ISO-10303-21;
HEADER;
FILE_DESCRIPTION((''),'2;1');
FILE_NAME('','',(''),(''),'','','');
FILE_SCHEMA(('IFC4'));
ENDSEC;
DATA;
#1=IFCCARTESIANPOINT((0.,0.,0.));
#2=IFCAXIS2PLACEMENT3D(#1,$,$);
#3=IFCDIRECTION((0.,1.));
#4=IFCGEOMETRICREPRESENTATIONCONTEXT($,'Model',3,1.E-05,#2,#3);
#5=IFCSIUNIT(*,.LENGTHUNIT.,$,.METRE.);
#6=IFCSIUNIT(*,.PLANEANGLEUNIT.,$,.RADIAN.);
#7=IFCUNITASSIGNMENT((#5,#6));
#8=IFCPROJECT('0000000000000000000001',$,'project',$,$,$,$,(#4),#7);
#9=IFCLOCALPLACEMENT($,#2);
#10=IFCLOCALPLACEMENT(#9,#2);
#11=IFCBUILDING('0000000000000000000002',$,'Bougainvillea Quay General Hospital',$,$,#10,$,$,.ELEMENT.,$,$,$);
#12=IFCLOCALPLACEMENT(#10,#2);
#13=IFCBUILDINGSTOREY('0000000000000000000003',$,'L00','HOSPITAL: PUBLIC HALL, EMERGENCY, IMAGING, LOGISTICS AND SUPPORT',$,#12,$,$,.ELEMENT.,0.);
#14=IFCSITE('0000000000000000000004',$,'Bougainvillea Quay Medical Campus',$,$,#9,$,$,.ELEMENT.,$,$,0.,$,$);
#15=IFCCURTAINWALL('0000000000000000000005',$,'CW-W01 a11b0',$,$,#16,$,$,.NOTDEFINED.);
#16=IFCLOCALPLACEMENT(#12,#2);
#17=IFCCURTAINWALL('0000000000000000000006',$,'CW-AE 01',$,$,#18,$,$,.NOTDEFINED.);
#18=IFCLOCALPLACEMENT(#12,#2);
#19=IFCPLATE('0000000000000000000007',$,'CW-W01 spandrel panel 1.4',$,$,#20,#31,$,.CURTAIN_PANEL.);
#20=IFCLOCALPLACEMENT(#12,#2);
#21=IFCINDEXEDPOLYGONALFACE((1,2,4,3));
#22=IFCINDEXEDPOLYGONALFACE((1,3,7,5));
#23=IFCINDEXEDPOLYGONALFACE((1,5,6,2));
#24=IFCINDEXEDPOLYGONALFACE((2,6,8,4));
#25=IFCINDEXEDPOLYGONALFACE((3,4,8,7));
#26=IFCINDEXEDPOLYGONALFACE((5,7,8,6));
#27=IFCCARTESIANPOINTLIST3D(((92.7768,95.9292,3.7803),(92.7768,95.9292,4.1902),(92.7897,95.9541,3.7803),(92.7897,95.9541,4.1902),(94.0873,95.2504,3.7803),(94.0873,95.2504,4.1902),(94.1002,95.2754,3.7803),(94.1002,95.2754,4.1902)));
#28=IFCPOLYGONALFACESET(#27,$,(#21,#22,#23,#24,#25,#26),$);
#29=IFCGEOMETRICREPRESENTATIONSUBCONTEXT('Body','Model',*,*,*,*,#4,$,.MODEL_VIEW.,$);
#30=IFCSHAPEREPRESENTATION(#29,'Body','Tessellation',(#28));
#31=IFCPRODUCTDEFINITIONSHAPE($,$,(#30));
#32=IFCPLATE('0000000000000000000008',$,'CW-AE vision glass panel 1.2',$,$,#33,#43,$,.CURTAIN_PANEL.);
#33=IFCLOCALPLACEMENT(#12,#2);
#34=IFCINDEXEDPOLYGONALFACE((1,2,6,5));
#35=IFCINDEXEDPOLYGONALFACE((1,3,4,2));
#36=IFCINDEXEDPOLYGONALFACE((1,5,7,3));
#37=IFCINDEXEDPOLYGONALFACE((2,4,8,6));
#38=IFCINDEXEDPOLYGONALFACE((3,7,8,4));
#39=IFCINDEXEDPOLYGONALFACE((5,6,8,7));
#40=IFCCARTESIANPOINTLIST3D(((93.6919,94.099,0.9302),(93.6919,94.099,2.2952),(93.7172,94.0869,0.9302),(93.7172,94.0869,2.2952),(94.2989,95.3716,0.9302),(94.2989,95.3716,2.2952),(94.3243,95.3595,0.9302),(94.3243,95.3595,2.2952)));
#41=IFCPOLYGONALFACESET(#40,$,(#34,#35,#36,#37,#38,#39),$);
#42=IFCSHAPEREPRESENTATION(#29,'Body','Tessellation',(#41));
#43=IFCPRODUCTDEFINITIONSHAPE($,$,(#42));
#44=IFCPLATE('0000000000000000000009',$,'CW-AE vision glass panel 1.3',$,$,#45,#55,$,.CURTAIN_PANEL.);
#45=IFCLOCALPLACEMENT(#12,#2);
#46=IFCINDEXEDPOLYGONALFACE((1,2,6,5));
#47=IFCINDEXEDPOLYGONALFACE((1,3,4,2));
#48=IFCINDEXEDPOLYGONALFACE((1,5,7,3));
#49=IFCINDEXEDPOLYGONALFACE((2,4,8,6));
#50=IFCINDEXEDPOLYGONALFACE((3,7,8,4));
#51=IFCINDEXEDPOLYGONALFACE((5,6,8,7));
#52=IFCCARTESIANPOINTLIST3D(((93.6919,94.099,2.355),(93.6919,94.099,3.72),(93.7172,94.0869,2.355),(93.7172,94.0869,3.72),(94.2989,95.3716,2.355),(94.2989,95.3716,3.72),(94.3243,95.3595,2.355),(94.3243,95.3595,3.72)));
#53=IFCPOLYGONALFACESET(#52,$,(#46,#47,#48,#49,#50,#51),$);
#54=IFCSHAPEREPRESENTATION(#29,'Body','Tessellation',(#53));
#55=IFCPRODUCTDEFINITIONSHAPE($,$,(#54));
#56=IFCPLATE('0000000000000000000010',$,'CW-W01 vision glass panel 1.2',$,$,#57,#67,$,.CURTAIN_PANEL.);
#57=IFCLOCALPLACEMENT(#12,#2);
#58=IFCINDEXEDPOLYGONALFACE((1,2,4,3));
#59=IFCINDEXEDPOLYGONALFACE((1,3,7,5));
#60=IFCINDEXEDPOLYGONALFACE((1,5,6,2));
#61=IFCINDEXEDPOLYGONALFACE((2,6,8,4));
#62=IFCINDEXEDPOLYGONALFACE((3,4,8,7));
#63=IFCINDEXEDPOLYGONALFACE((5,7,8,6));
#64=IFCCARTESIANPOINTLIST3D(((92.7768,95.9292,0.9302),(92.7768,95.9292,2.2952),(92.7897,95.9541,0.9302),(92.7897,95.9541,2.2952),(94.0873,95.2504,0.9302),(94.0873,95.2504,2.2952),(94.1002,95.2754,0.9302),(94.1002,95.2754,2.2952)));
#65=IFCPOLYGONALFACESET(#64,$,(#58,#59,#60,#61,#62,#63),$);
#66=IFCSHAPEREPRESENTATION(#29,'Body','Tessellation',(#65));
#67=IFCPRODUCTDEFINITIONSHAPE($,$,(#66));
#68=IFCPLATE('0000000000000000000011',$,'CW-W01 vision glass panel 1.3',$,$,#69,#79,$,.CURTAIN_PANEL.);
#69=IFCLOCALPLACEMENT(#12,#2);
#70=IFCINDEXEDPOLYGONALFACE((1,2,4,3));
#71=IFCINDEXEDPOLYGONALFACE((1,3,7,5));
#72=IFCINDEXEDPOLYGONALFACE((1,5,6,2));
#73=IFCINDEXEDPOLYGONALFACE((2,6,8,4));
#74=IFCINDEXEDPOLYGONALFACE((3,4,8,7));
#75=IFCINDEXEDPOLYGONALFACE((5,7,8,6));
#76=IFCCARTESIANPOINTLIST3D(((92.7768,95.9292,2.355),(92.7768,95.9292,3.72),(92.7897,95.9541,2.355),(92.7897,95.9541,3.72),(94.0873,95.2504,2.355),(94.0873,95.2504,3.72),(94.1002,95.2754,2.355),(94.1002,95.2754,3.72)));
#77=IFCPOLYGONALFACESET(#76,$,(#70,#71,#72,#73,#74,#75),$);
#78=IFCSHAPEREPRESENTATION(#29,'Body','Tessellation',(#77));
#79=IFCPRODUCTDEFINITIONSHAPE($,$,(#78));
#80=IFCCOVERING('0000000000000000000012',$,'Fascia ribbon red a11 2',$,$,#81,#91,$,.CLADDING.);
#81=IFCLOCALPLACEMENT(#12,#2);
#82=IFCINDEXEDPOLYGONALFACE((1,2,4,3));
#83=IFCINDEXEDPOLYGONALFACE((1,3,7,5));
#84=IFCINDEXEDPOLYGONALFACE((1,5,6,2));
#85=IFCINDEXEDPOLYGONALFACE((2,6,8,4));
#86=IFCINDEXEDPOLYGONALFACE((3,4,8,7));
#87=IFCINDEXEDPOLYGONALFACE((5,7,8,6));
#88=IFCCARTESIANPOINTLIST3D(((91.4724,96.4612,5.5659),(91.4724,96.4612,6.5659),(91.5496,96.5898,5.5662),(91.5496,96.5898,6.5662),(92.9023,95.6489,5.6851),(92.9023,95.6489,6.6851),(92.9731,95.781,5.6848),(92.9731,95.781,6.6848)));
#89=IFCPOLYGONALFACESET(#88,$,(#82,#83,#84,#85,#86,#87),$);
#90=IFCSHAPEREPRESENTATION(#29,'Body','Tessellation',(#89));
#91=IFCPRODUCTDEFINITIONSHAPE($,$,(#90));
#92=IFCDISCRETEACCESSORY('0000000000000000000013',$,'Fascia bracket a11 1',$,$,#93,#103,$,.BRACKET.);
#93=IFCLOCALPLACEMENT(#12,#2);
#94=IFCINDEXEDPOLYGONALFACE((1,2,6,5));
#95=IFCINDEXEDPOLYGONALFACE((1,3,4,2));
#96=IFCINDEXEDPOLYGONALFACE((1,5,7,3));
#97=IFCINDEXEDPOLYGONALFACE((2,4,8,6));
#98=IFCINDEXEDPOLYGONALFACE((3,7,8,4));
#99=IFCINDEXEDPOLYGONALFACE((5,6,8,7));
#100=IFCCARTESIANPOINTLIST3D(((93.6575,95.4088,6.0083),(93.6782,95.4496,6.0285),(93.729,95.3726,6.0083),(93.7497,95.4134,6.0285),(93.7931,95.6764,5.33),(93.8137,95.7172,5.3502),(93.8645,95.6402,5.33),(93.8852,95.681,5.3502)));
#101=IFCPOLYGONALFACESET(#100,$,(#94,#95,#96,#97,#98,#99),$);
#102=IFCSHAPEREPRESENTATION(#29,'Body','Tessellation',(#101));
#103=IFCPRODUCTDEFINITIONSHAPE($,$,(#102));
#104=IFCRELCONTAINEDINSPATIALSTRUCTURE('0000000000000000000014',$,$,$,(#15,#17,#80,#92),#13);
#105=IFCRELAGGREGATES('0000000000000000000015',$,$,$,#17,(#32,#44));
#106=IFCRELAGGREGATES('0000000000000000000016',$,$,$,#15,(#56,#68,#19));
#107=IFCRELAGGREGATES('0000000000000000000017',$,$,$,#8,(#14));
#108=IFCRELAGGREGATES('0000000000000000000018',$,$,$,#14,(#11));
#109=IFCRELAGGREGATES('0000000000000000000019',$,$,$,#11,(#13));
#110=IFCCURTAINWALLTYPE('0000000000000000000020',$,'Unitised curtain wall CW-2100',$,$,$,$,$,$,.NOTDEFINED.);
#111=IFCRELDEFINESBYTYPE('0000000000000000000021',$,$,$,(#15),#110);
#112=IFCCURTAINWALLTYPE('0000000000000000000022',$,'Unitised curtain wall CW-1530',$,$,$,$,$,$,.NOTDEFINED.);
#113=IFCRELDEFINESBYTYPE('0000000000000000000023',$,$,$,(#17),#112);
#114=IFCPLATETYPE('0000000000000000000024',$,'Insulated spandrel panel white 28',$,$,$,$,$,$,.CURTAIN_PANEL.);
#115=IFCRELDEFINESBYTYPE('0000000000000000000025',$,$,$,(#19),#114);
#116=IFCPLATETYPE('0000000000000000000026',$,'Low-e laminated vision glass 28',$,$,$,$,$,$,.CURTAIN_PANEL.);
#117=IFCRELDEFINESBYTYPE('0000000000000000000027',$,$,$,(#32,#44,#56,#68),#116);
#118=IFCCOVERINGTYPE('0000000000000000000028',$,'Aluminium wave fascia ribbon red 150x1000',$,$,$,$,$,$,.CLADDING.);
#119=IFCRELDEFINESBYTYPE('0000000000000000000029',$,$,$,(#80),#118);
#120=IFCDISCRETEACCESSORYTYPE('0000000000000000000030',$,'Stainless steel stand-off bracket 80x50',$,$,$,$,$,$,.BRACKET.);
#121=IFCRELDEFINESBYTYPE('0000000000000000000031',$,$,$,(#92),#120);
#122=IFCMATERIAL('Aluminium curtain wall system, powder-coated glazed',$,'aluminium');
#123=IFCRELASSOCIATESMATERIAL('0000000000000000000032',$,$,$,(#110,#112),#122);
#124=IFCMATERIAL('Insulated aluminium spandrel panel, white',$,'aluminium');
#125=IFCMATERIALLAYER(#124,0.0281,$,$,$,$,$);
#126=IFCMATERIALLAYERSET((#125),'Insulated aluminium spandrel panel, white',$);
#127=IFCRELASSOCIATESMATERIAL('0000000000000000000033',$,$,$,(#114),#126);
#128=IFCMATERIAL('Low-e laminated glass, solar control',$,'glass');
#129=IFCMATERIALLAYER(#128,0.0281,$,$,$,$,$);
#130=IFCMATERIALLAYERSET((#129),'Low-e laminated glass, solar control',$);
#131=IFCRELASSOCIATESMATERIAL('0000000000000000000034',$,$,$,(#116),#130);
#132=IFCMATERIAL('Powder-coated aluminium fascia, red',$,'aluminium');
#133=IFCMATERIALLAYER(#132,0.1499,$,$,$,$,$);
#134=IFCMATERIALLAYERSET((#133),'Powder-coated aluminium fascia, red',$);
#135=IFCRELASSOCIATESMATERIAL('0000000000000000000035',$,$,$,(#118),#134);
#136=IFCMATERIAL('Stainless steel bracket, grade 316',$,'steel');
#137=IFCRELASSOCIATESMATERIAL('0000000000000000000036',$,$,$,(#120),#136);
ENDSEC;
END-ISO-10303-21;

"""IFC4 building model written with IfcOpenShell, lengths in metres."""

from ifc_helpers import new_model, si_unit, direction, frame, origin, origin_2d, place, context, subcontext, project, spatial, polyline, rectangle, outline, extrude, material, layer, layer_set, material_profile, profile_set, type_object, element, aggregate, save


model = new_model("IFC4")

# Units and contexts
model_context = context("Model", 3, precision=1e-05, world=origin(), true_north=direction((0.0, 1.0)))
body_context = subcontext(model_context, "Body", "Model", "MODEL_VIEW")
ifc_project = project(units=[si_unit("LENGTHUNIT", "METRE"), si_unit("PLANEANGLEUNIT", "RADIAN")], contexts=[model_context])

# Site, building, storey
site_placement = place(None, origin())
site = spatial("IfcSite", under=ifc_project, at=site_placement, Name="Bougainvillea Quay Medical Campus", CompositionType="ELEMENT", RefElevation=0.0)
building_placement = place(site_placement, origin())
building = spatial("IfcBuilding", under=site, at=building_placement, Name="Bougainvillea Quay General Hospital", CompositionType="ELEMENT")
storey_placement = place(building_placement, origin())
storey = spatial("IfcBuildingStorey", under=building, at=storey_placement, Name="L00", Description="HOSPITAL: PUBLIC HALL, EMERGENCY, IMAGING, LOGISTICS AND SUPPORT", CompositionType="ELEMENT", Elevation=0.0)

# Curtain wall
ifc_material_1 = material(Name="Aluminium curtain wall system, powder-coated glazed", Category="aluminium")
curtain_wall_type_1 = type_object("IfcCurtainWallType", Name="Unitised curtain wall CW-2100", PredefinedType="NOTDEFINED", material=ifc_material_1)
curtain_wall_1_placement = place(storey_placement, origin())
curtain_wall_1 = element("IfcCurtainWall", 1, at=curtain_wall_1_placement, inside=storey, type_object=curtain_wall_type_1, Name="CW-W01 a11b0", PredefinedType="NOTDEFINED")

# Curtain wall
curtain_wall_type_2 = type_object("IfcCurtainWallType", Name="Unitised curtain wall CW-1530", PredefinedType="NOTDEFINED", material=ifc_material_1)
curtain_wall_2_placement = place(storey_placement, origin())
curtain_wall_2 = element("IfcCurtainWall", 2, at=curtain_wall_2_placement, inside=storey, type_object=curtain_wall_type_2, Name="CW-AE 01", PredefinedType="NOTDEFINED")

# Plates
ifc_material_2 = material(Name="Insulated aluminium spandrel panel, white", Category="aluminium")
ifc_layer_1 = layer(ifc_material_2, 0.0281)
ifc_layer_set_1 = layer_set([ifc_layer_1], Name="Insulated aluminium spandrel panel, white")
plate_type_1 = type_object("IfcPlateType", Name="Insulated spandrel panel white 28", PredefinedType="CURTAIN_PANEL", material=ifc_layer_set_1)
plate_1_placement = place(storey_placement, frame((93.4385, 95.6023, 3.7803), z_axis=(0.0, 0.0, 1.0), x_axis=(-0.887958, 0.459924, 0.0)))
plate_1 = element("IfcPlate", 3, at=plate_1_placement, type_object=plate_type_1, Name="CW-W01 spandrel panel 1.4", PredefinedType="CURTAIN_PANEL", context=body_context, shape_type="SweptSolid", body=[
    extrude(rectangle(XDim=1.4758, YDim=0.0281, at=origin_2d()), origin(), (0.0, 0.0, 1.0), 0.4099),
])
ifc_material_3 = material(Name="Low-e laminated glass, solar control", Category="glass")
ifc_layer_2 = layer(ifc_material_3, 0.0281)
ifc_layer_set_2 = layer_set([ifc_layer_2], Name="Low-e laminated glass, solar control")
plate_type_2 = type_object("IfcPlateType", Name="Low-e laminated vision glass 28", PredefinedType="CURTAIN_PANEL", material=ifc_layer_set_2)
plate_2_placement = place(storey_placement, frame((94.0081, 94.7292, 0.9302), z_axis=(0.0, 0.0, 1.0), x_axis=(0.430563, 0.902561, 0.0)))
plate_2 = element("IfcPlate", 4, at=plate_2_placement, type_object=plate_type_2, Name="CW-AE vision glass panel 1.2", PredefinedType="CURTAIN_PANEL", context=body_context, shape_type="SweptSolid", body=[
    extrude(rectangle(XDim=1.4099, YDim=0.0281, at=origin_2d()), origin(), (0.0, 0.0, 1.0), 1.365),
])
plate_3_placement = place(storey_placement, frame((94.0081, 94.7292, 2.355), z_axis=(0.0, 0.0, 1.0), x_axis=(0.430563, 0.902561, 0.0)))
plate_3 = element("IfcPlate", 5, at=plate_3_placement, type_object=plate_type_2, Name="CW-AE vision glass panel 1.3", PredefinedType="CURTAIN_PANEL", context=body_context, shape_type="SweptSolid", body=[
    extrude(rectangle(XDim=1.4099, YDim=0.0281, at=origin_2d()), origin(), (0.0, 0.0, 1.0), 1.365),
])
aggregate(curtain_wall_2, [plate_2, plate_3])
plate_4_placement = place(storey_placement, frame((93.4385, 95.6023, 0.9302), z_axis=(0.0, 0.0, 1.0), x_axis=(-0.887958, 0.459924, 0.0)))
plate_4 = element("IfcPlate", 6, at=plate_4_placement, type_object=plate_type_2, Name="CW-W01 vision glass panel 1.2", PredefinedType="CURTAIN_PANEL", context=body_context, shape_type="SweptSolid", body=[
    extrude(rectangle(XDim=1.4758, YDim=0.0281, at=origin_2d()), origin(), (0.0, 0.0, 1.0), 1.365),
])
plate_5_placement = place(storey_placement, frame((93.4385, 95.6023, 2.355), z_axis=(0.0, 0.0, 1.0), x_axis=(-0.887958, 0.459924, 0.0)))
plate_5 = element("IfcPlate", 7, at=plate_5_placement, type_object=plate_type_2, Name="CW-W01 vision glass panel 1.3", PredefinedType="CURTAIN_PANEL", context=body_context, shape_type="SweptSolid", body=[
    extrude(rectangle(XDim=1.4758, YDim=0.0281, at=origin_2d()), origin(), (0.0, 0.0, 1.0), 1.365),
])
aggregate(curtain_wall_1, [plate_4, plate_5, plate_1])

# Covering
ifc_material_4 = material(Name="Powder-coated aluminium fascia, red", Category="aluminium")
ifc_layer_3 = layer(ifc_material_4, 0.1499)
ifc_layer_set_3 = layer_set([ifc_layer_3], Name="Powder-coated aluminium fascia, red")
covering_type = type_object("IfcCoveringType", Name="Aluminium wave fascia ribbon red 150x1000", PredefinedType="CLADDING", material=ifc_layer_set_3)
covering_placement = place(storey_placement, frame((92.9731, 95.781, 5.6848), z_axis=(-0.062854, 0.035665, 0.997385), x_axis=(-0.867188, 0.49271, -0.072268)))
element("IfcCovering", 8, at=covering_placement, inside=storey, type_object=covering_type, Name="Fascia ribbon red a11 2", PredefinedType="CLADDING", context=body_context, shape_type="SweptSolid", body=[
    extrude(outline(polyline([(0.0, 0.0), (1.6416, 0.0), (1.6451, 0.15), (-0.0037, 0.1498), (0.0, 0.0)])), origin(), (-0.072268, -0.000041, 0.997385), 1.0),
])

# Discrete accessory
ifc_material_5 = material(Name="Stainless steel bracket, grade 316", Category="steel")
ifc_material_profile_1 = material_profile(ifc_material_5, rectangle(XDim=0.0801, YDim=0.05, at=origin_2d()))
ifc_profile_set_1 = profile_set([ifc_material_profile_1], Name="Stainless steel bracket, grade 316")
discrete_accessory_type = type_object("IfcDiscreteAccessoryType", Name="Stainless steel stand-off bracket 80x50", PredefinedType="BRACKET", material=ifc_profile_set_1)
discrete_accessory_placement = place(storey_placement, frame((93.8391, 95.6787, 5.3401), z_axis=(-0.182715, -0.360821, 0.914562), x_axis=(0.892136, -0.451766, 0.0)))
element("IfcDiscreteAccessory", 9, at=discrete_accessory_placement, inside=storey, type_object=discrete_accessory_type, Name="Fascia bracket a11 1", PredefinedType="BRACKET", context=body_context, shape_type="SweptSolid", body=[
    extrude(rectangle(XDim=0.0801, YDim=0.05, at=origin_2d()), origin(), (0.0, 0.0, 1.0), 0.7417),
])

save(model, "model.ifc")
